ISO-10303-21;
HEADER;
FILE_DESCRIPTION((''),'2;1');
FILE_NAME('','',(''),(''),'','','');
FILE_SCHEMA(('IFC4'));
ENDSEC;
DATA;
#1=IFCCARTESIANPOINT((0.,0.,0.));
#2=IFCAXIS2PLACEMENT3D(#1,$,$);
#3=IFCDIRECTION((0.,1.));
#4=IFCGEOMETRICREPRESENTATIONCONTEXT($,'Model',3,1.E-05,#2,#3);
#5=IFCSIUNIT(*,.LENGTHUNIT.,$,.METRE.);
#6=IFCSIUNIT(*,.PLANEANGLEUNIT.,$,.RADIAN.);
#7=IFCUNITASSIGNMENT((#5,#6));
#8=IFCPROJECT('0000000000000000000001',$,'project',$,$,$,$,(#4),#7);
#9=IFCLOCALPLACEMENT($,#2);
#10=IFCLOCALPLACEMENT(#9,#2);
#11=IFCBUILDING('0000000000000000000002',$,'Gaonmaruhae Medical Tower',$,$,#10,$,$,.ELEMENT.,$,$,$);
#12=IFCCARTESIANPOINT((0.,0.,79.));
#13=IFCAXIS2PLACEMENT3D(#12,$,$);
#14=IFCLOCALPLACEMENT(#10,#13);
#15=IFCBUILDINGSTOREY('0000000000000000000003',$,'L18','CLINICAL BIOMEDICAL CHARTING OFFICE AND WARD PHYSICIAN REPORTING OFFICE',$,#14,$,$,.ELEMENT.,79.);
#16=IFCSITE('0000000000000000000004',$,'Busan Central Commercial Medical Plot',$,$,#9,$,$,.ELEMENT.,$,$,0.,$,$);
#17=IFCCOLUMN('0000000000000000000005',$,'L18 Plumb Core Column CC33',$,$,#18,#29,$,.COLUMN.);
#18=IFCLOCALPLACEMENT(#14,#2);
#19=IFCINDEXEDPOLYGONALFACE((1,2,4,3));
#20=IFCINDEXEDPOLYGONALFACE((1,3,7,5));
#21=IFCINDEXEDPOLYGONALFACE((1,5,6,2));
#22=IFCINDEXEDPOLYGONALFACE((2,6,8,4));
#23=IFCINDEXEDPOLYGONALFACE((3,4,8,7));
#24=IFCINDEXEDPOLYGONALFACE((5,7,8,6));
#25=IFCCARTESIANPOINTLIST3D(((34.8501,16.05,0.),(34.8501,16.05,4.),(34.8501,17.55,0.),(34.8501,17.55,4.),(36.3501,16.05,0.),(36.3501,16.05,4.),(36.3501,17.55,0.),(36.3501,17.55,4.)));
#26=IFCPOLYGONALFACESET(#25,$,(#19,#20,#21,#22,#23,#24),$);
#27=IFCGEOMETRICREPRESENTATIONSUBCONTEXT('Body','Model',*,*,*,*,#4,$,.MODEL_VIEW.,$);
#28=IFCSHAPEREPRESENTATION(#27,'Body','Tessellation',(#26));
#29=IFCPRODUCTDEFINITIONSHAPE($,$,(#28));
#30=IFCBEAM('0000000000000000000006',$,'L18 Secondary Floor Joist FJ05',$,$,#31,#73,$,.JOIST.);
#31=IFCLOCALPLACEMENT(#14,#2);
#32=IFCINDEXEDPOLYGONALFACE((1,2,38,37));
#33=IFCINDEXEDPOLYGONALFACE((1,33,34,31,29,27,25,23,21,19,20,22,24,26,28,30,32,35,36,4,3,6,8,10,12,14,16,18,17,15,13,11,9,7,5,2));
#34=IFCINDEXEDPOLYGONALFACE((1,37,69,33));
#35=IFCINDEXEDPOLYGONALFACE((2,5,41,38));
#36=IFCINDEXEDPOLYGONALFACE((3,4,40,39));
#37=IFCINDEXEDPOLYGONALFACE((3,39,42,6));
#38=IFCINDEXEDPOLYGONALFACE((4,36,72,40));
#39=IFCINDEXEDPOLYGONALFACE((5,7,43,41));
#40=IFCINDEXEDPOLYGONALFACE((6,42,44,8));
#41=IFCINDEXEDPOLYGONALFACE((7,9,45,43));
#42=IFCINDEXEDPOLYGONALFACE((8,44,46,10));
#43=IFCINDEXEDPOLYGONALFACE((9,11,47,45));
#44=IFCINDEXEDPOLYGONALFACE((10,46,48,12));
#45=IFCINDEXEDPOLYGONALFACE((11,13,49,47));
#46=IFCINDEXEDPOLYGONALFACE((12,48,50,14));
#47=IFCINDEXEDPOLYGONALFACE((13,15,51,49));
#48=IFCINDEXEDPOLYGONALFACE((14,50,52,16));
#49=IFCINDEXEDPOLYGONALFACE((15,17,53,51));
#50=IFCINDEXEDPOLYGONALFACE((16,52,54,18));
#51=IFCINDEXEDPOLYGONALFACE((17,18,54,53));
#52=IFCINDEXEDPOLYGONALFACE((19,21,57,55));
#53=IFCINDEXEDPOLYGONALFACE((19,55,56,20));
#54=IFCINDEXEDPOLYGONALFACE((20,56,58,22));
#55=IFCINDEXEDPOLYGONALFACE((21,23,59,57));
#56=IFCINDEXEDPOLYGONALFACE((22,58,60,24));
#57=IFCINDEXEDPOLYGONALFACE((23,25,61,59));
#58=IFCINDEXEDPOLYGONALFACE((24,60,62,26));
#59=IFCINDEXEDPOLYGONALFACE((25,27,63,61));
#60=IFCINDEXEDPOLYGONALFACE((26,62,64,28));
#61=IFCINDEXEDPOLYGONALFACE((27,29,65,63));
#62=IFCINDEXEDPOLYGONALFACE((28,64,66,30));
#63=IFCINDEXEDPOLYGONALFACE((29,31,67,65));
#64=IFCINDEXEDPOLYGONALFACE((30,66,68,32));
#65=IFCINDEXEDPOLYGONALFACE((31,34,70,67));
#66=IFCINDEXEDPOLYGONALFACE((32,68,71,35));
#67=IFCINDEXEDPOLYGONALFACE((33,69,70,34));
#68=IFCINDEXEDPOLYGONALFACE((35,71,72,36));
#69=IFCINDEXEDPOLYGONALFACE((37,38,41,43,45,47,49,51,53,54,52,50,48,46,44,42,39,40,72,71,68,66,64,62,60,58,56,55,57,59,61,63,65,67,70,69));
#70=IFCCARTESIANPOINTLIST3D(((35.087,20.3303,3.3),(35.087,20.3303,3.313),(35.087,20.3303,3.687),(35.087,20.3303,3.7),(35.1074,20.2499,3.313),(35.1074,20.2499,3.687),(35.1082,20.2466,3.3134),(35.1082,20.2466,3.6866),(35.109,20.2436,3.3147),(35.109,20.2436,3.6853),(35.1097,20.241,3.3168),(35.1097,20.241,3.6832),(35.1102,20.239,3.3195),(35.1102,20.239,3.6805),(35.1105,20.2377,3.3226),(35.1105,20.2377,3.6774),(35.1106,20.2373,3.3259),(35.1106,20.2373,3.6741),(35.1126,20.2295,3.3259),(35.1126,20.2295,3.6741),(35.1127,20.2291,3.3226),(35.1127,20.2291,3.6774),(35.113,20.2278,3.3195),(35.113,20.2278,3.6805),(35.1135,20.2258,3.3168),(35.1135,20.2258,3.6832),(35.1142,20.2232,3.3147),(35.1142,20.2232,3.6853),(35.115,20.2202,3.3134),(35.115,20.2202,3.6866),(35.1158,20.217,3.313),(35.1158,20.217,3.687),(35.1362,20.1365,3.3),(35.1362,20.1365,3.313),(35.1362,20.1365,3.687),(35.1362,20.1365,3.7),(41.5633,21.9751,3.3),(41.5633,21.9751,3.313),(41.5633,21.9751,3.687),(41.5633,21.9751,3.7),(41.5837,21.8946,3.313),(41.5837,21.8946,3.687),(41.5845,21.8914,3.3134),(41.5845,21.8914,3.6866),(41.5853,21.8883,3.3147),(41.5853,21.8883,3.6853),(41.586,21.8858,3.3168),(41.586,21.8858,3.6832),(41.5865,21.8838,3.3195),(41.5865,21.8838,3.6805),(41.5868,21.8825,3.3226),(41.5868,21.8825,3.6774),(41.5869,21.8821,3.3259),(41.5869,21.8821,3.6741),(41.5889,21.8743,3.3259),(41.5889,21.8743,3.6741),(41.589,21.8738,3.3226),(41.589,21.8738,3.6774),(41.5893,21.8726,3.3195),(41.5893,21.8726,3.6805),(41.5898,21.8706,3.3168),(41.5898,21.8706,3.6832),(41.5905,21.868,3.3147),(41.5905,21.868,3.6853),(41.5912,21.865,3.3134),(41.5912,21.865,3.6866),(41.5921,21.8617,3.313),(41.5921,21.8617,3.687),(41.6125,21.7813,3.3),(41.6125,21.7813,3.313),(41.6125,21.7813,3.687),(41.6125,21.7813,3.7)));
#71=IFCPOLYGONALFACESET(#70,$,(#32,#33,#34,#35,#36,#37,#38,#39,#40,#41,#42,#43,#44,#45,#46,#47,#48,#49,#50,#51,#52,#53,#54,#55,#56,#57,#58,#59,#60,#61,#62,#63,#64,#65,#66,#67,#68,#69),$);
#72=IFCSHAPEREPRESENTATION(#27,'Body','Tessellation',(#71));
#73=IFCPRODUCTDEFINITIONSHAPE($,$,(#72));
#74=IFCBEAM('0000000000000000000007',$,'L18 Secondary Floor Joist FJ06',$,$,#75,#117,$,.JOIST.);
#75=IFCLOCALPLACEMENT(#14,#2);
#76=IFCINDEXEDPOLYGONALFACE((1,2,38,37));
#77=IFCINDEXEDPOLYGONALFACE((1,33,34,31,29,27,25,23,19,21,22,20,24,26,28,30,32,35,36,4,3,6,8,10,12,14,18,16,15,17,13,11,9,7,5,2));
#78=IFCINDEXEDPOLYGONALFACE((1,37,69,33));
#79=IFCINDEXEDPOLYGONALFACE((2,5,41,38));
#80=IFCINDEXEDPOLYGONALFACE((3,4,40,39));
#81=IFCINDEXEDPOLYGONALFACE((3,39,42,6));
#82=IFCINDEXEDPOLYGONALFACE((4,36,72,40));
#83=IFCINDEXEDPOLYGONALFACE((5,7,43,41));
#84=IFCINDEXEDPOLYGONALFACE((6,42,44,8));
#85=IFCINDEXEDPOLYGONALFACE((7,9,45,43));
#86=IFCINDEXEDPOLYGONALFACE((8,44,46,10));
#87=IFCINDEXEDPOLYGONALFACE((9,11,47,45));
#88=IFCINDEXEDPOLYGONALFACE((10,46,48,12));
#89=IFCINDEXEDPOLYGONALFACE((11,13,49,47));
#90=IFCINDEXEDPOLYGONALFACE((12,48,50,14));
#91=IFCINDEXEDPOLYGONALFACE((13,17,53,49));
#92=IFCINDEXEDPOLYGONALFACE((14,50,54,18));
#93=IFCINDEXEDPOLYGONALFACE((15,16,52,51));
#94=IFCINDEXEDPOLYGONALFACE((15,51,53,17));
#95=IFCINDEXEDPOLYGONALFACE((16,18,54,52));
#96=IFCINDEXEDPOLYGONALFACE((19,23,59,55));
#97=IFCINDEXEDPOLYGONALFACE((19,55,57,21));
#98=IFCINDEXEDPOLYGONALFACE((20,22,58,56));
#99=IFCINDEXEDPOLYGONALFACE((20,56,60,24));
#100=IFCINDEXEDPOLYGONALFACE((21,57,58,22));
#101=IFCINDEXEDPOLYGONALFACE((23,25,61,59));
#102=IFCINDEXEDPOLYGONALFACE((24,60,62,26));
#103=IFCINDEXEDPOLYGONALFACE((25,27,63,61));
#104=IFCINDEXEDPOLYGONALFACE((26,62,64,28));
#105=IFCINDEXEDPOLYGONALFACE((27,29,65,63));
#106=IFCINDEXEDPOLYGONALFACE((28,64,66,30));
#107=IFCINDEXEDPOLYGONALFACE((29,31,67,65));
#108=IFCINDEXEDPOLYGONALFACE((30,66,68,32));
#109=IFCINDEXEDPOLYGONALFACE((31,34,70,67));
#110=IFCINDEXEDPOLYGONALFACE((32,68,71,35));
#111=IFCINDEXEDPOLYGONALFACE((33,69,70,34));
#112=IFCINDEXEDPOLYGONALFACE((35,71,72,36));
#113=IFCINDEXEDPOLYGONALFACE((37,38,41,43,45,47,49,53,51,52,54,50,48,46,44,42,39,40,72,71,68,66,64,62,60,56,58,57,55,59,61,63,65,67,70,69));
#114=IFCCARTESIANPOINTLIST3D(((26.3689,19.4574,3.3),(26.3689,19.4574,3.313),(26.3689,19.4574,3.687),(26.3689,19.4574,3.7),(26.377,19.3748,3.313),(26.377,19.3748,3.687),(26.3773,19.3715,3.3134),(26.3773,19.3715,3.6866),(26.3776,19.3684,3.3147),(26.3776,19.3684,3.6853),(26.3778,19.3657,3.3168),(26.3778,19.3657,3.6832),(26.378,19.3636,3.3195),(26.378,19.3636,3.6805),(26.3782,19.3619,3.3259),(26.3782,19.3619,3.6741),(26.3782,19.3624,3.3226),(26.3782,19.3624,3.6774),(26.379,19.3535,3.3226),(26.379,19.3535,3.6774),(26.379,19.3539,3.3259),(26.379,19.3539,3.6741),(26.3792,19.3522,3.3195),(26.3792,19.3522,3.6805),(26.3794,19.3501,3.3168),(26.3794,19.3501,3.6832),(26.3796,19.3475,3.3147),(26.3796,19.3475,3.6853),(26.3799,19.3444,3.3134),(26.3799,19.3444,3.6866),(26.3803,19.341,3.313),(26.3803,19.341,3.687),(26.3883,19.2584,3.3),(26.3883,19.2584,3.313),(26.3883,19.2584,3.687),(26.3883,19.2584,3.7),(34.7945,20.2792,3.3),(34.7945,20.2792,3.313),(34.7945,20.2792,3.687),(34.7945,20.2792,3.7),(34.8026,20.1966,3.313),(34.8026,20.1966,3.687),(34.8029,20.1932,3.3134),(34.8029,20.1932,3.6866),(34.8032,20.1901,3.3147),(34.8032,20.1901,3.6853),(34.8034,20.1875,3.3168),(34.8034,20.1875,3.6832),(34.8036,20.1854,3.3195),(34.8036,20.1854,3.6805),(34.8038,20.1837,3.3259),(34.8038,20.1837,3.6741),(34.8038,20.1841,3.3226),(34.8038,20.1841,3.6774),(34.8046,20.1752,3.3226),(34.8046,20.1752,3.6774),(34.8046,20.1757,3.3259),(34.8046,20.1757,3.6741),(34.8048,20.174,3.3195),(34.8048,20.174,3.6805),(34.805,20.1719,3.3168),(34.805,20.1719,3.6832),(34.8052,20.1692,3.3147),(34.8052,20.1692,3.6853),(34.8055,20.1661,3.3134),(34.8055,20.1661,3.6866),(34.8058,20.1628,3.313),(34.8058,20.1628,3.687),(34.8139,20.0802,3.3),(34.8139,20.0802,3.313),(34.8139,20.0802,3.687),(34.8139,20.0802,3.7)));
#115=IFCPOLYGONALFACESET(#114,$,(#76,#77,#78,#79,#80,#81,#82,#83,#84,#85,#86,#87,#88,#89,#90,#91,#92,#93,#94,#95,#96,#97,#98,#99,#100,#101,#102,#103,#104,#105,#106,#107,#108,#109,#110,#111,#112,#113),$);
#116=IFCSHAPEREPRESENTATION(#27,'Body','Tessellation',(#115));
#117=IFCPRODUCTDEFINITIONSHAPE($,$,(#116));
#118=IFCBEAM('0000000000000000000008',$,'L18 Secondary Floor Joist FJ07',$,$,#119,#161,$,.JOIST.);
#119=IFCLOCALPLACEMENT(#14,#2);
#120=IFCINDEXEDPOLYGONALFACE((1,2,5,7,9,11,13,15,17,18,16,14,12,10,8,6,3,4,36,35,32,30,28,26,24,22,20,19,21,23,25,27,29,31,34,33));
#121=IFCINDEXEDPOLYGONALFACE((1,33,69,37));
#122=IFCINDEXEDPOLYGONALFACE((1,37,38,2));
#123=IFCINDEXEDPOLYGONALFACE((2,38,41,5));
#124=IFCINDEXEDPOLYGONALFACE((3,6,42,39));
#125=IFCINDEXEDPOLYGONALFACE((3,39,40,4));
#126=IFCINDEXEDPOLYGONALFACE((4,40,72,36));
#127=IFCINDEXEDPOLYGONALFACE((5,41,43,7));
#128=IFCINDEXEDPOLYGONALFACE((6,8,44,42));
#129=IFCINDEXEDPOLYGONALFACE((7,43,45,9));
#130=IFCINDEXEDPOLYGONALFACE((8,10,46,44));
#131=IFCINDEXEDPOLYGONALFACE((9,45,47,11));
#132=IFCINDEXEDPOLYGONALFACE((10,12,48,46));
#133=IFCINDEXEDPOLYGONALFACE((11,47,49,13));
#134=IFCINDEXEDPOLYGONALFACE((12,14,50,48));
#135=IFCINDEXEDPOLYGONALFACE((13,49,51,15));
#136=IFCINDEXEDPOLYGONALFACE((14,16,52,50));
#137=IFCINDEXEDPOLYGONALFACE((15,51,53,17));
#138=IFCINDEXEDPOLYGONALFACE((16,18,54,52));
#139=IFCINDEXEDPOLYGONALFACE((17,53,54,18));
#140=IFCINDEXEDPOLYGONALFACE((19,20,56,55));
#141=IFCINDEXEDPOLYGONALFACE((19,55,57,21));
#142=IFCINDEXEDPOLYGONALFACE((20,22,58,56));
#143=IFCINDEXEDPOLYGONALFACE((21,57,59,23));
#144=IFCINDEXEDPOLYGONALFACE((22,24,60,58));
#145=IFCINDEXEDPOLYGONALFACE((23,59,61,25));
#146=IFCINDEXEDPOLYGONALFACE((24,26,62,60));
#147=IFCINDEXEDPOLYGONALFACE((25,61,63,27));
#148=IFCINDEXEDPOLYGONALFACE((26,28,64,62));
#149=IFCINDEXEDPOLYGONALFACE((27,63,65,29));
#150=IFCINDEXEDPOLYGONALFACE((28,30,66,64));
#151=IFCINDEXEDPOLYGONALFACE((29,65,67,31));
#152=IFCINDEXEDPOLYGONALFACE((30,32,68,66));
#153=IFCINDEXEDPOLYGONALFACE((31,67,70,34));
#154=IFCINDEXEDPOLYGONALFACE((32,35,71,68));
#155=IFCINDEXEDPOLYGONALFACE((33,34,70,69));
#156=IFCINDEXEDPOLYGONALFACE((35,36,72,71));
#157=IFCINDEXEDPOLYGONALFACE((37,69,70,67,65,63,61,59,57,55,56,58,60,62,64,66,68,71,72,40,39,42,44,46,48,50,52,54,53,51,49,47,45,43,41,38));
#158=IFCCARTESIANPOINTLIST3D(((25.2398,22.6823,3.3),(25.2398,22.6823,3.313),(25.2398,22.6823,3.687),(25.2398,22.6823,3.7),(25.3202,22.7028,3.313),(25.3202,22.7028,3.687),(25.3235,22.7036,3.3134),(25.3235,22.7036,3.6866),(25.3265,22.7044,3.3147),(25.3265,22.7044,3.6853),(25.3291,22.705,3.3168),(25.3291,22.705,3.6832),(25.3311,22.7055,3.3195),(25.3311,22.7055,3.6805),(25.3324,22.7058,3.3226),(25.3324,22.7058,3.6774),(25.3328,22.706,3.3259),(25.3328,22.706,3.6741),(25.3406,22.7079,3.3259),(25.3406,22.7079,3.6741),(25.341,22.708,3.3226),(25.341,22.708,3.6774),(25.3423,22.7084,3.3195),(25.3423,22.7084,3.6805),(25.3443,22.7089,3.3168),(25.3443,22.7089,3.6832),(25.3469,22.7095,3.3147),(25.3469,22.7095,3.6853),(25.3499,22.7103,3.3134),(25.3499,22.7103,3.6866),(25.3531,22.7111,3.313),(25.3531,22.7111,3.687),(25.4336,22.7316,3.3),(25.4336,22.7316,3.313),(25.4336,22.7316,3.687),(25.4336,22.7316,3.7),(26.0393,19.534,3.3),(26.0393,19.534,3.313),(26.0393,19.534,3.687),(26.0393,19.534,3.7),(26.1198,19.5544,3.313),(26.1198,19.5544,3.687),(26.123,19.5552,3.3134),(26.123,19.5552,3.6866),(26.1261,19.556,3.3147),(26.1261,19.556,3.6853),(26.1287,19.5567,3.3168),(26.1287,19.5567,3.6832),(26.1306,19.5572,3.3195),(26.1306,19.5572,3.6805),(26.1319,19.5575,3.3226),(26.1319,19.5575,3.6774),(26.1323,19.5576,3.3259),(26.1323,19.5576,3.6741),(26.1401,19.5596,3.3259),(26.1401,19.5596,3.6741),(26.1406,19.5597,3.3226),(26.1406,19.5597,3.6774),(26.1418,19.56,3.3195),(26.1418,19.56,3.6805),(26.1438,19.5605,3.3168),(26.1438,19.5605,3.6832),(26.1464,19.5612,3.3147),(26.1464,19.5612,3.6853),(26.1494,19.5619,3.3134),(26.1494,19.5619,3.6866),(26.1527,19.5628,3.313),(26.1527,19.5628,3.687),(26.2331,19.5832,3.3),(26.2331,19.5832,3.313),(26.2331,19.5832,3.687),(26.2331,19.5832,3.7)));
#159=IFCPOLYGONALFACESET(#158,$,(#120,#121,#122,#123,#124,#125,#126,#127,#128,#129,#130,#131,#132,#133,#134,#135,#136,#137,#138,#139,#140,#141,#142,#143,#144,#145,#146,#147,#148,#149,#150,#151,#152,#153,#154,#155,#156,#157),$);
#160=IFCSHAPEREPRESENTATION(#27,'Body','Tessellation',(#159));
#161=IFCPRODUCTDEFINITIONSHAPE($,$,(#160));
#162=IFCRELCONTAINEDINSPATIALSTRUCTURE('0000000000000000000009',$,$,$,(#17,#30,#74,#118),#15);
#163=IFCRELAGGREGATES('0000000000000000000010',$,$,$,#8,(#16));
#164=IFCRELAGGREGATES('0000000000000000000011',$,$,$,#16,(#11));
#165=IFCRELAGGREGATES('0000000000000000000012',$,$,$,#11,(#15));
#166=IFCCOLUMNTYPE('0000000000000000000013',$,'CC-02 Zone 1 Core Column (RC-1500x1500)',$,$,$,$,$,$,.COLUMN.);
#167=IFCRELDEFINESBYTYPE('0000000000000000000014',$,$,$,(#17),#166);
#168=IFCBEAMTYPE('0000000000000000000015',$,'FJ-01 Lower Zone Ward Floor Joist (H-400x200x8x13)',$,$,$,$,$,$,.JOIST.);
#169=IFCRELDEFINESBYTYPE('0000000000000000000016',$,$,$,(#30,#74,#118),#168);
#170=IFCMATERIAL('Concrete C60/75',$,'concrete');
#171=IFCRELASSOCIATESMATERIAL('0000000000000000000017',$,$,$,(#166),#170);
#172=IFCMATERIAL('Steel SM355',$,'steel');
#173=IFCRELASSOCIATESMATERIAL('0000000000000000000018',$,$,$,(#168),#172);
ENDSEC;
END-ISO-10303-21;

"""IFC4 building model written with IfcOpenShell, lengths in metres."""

from ifc_helpers import new_model, si_unit, direction, frame, origin, origin_2d, place, context, subcontext, project, spatial, rectangle, i_section, extrude, material, material_profile, profile_set, type_object, element, save


model = new_model("IFC4")

# Units and contexts
model_context = context("Model", 3, precision=1e-05, world=origin(), true_north=direction((0.0, 1.0)))
body_context = subcontext(model_context, "Body", "Model", "MODEL_VIEW")
ifc_project = project(units=[si_unit("LENGTHUNIT", "METRE"), si_unit("PLANEANGLEUNIT", "RADIAN")], contexts=[model_context])

# Site, building, storey
site_placement = place(None, origin())
site = spatial("IfcSite", under=ifc_project, at=site_placement, Name="Busan Central Commercial Medical Plot", CompositionType="ELEMENT", RefElevation=0.0)
building_placement = place(site_placement, origin())
building = spatial("IfcBuilding", under=site, at=building_placement, Name="Gaonmaruhae Medical Tower", CompositionType="ELEMENT")
storey_placement = place(building_placement, frame((0.0, 0.0, 79.0)))
storey = spatial("IfcBuildingStorey", under=building, at=storey_placement, Name="L18", Description="CLINICAL BIOMEDICAL CHARTING OFFICE AND WARD PHYSICIAN REPORTING OFFICE", CompositionType="ELEMENT", Elevation=79.0)

# Column
ifc_material_1 = material(Name="Concrete C60/75", Category="concrete")
ifc_material_profile_1 = material_profile(ifc_material_1, rectangle(XDim=1.5, YDim=1.5, at=origin_2d()), Name="RC-1500x1500")
ifc_profile_set_1 = profile_set([ifc_material_profile_1], Name="Concrete C60/75")
column_type = type_object("IfcColumnType", Name="CC-02 Zone 1 Core Column (RC-1500x1500)", PredefinedType="COLUMN", material=ifc_profile_set_1)
column_placement = place(storey_placement, frame((35.6001, 16.8, 0.0), z_axis=(0.0, 0.0, 1.0), x_axis=(1.0, 0.0, 0.0)))
element("IfcColumn", 1, at=column_placement, inside=storey, type_object=column_type, Name="L18 Plumb Core Column CC33", PredefinedType="COLUMN", context=body_context, shape_type="SweptSolid", body=[
    extrude(rectangle(XDim=1.5, YDim=1.5, at=origin_2d()), origin(), (0.0, 0.0, 1.0), 4.0),
])

# Beams
ifc_material_2 = material(Name="Steel SM355", Category="steel")
ifc_material_profile_2 = material_profile(ifc_material_2, i_section(OverallWidth=0.2, OverallDepth=0.3999, WebThickness=0.0081, FlangeThickness=0.0129, FilletRadius=0.0129, at=origin_2d()), Name="H-400x200x8x13")
ifc_profile_set_2 = profile_set([ifc_material_profile_2], Name="Steel SM355")
beam_type_1 = type_object("IfcBeamType", Name="FJ-01 Lower Zone Ward Floor Joist (H-400x200x8x13)", PredefinedType="JOIST", material=ifc_profile_set_2)
beam_1_placement = place(storey_placement, frame((41.5879, 21.8782, 3.5), z_axis=(-0.969231, -0.246153, 0.0), x_axis=(0.246153, -0.969231, 0.0)))
element("IfcBeam", 2, at=beam_1_placement, inside=storey, type_object=beam_type_1, Name="L18 Secondary Floor Joist FJ05", PredefinedType="JOIST", context=body_context, shape_type="SweptSolid", body=[
    extrude(i_section(OverallWidth=0.2, OverallDepth=0.3999, WebThickness=0.0081, FlangeThickness=0.0129, FilletRadius=0.0129, at=origin_2d()), origin(), (0.0, 0.0, 1.0), 6.6819),
])
beam_2_placement = place(storey_placement, frame((34.8042, 20.1797, 3.5), z_axis=(-0.995277, -0.097073, 0.0), x_axis=(0.097073, -0.995277, 0.0)))
element("IfcBeam", 3, at=beam_2_placement, inside=storey, type_object=beam_type_1, Name="L18 Secondary Floor Joist FJ06", PredefinedType="JOIST", context=body_context, shape_type="SweptSolid", body=[
    extrude(i_section(OverallWidth=0.2, OverallDepth=0.3999, WebThickness=0.0081, FlangeThickness=0.0129, FilletRadius=0.0129, at=origin_2d()), origin(), (0.0, 0.0, 1.0), 8.4656),
])
beam_3_placement = place(storey_placement, frame((26.1362, 19.5586, 3.5), z_axis=(-0.246142, 0.969234, 0.0), x_axis=(-0.969234, -0.246142, 0.0)))
element("IfcBeam", 4, at=beam_3_placement, inside=storey, type_object=beam_type_1, Name="L18 Secondary Floor Joist FJ07", PredefinedType="JOIST", context=body_context, shape_type="SweptSolid", body=[
    extrude(i_section(OverallWidth=0.2, OverallDepth=0.3999, WebThickness=0.0081, FlangeThickness=0.0129, FilletRadius=0.0129, at=origin_2d()), origin(), (0.0, 0.0, 1.0), 3.2483),
])

save(model, "model.ifc")
